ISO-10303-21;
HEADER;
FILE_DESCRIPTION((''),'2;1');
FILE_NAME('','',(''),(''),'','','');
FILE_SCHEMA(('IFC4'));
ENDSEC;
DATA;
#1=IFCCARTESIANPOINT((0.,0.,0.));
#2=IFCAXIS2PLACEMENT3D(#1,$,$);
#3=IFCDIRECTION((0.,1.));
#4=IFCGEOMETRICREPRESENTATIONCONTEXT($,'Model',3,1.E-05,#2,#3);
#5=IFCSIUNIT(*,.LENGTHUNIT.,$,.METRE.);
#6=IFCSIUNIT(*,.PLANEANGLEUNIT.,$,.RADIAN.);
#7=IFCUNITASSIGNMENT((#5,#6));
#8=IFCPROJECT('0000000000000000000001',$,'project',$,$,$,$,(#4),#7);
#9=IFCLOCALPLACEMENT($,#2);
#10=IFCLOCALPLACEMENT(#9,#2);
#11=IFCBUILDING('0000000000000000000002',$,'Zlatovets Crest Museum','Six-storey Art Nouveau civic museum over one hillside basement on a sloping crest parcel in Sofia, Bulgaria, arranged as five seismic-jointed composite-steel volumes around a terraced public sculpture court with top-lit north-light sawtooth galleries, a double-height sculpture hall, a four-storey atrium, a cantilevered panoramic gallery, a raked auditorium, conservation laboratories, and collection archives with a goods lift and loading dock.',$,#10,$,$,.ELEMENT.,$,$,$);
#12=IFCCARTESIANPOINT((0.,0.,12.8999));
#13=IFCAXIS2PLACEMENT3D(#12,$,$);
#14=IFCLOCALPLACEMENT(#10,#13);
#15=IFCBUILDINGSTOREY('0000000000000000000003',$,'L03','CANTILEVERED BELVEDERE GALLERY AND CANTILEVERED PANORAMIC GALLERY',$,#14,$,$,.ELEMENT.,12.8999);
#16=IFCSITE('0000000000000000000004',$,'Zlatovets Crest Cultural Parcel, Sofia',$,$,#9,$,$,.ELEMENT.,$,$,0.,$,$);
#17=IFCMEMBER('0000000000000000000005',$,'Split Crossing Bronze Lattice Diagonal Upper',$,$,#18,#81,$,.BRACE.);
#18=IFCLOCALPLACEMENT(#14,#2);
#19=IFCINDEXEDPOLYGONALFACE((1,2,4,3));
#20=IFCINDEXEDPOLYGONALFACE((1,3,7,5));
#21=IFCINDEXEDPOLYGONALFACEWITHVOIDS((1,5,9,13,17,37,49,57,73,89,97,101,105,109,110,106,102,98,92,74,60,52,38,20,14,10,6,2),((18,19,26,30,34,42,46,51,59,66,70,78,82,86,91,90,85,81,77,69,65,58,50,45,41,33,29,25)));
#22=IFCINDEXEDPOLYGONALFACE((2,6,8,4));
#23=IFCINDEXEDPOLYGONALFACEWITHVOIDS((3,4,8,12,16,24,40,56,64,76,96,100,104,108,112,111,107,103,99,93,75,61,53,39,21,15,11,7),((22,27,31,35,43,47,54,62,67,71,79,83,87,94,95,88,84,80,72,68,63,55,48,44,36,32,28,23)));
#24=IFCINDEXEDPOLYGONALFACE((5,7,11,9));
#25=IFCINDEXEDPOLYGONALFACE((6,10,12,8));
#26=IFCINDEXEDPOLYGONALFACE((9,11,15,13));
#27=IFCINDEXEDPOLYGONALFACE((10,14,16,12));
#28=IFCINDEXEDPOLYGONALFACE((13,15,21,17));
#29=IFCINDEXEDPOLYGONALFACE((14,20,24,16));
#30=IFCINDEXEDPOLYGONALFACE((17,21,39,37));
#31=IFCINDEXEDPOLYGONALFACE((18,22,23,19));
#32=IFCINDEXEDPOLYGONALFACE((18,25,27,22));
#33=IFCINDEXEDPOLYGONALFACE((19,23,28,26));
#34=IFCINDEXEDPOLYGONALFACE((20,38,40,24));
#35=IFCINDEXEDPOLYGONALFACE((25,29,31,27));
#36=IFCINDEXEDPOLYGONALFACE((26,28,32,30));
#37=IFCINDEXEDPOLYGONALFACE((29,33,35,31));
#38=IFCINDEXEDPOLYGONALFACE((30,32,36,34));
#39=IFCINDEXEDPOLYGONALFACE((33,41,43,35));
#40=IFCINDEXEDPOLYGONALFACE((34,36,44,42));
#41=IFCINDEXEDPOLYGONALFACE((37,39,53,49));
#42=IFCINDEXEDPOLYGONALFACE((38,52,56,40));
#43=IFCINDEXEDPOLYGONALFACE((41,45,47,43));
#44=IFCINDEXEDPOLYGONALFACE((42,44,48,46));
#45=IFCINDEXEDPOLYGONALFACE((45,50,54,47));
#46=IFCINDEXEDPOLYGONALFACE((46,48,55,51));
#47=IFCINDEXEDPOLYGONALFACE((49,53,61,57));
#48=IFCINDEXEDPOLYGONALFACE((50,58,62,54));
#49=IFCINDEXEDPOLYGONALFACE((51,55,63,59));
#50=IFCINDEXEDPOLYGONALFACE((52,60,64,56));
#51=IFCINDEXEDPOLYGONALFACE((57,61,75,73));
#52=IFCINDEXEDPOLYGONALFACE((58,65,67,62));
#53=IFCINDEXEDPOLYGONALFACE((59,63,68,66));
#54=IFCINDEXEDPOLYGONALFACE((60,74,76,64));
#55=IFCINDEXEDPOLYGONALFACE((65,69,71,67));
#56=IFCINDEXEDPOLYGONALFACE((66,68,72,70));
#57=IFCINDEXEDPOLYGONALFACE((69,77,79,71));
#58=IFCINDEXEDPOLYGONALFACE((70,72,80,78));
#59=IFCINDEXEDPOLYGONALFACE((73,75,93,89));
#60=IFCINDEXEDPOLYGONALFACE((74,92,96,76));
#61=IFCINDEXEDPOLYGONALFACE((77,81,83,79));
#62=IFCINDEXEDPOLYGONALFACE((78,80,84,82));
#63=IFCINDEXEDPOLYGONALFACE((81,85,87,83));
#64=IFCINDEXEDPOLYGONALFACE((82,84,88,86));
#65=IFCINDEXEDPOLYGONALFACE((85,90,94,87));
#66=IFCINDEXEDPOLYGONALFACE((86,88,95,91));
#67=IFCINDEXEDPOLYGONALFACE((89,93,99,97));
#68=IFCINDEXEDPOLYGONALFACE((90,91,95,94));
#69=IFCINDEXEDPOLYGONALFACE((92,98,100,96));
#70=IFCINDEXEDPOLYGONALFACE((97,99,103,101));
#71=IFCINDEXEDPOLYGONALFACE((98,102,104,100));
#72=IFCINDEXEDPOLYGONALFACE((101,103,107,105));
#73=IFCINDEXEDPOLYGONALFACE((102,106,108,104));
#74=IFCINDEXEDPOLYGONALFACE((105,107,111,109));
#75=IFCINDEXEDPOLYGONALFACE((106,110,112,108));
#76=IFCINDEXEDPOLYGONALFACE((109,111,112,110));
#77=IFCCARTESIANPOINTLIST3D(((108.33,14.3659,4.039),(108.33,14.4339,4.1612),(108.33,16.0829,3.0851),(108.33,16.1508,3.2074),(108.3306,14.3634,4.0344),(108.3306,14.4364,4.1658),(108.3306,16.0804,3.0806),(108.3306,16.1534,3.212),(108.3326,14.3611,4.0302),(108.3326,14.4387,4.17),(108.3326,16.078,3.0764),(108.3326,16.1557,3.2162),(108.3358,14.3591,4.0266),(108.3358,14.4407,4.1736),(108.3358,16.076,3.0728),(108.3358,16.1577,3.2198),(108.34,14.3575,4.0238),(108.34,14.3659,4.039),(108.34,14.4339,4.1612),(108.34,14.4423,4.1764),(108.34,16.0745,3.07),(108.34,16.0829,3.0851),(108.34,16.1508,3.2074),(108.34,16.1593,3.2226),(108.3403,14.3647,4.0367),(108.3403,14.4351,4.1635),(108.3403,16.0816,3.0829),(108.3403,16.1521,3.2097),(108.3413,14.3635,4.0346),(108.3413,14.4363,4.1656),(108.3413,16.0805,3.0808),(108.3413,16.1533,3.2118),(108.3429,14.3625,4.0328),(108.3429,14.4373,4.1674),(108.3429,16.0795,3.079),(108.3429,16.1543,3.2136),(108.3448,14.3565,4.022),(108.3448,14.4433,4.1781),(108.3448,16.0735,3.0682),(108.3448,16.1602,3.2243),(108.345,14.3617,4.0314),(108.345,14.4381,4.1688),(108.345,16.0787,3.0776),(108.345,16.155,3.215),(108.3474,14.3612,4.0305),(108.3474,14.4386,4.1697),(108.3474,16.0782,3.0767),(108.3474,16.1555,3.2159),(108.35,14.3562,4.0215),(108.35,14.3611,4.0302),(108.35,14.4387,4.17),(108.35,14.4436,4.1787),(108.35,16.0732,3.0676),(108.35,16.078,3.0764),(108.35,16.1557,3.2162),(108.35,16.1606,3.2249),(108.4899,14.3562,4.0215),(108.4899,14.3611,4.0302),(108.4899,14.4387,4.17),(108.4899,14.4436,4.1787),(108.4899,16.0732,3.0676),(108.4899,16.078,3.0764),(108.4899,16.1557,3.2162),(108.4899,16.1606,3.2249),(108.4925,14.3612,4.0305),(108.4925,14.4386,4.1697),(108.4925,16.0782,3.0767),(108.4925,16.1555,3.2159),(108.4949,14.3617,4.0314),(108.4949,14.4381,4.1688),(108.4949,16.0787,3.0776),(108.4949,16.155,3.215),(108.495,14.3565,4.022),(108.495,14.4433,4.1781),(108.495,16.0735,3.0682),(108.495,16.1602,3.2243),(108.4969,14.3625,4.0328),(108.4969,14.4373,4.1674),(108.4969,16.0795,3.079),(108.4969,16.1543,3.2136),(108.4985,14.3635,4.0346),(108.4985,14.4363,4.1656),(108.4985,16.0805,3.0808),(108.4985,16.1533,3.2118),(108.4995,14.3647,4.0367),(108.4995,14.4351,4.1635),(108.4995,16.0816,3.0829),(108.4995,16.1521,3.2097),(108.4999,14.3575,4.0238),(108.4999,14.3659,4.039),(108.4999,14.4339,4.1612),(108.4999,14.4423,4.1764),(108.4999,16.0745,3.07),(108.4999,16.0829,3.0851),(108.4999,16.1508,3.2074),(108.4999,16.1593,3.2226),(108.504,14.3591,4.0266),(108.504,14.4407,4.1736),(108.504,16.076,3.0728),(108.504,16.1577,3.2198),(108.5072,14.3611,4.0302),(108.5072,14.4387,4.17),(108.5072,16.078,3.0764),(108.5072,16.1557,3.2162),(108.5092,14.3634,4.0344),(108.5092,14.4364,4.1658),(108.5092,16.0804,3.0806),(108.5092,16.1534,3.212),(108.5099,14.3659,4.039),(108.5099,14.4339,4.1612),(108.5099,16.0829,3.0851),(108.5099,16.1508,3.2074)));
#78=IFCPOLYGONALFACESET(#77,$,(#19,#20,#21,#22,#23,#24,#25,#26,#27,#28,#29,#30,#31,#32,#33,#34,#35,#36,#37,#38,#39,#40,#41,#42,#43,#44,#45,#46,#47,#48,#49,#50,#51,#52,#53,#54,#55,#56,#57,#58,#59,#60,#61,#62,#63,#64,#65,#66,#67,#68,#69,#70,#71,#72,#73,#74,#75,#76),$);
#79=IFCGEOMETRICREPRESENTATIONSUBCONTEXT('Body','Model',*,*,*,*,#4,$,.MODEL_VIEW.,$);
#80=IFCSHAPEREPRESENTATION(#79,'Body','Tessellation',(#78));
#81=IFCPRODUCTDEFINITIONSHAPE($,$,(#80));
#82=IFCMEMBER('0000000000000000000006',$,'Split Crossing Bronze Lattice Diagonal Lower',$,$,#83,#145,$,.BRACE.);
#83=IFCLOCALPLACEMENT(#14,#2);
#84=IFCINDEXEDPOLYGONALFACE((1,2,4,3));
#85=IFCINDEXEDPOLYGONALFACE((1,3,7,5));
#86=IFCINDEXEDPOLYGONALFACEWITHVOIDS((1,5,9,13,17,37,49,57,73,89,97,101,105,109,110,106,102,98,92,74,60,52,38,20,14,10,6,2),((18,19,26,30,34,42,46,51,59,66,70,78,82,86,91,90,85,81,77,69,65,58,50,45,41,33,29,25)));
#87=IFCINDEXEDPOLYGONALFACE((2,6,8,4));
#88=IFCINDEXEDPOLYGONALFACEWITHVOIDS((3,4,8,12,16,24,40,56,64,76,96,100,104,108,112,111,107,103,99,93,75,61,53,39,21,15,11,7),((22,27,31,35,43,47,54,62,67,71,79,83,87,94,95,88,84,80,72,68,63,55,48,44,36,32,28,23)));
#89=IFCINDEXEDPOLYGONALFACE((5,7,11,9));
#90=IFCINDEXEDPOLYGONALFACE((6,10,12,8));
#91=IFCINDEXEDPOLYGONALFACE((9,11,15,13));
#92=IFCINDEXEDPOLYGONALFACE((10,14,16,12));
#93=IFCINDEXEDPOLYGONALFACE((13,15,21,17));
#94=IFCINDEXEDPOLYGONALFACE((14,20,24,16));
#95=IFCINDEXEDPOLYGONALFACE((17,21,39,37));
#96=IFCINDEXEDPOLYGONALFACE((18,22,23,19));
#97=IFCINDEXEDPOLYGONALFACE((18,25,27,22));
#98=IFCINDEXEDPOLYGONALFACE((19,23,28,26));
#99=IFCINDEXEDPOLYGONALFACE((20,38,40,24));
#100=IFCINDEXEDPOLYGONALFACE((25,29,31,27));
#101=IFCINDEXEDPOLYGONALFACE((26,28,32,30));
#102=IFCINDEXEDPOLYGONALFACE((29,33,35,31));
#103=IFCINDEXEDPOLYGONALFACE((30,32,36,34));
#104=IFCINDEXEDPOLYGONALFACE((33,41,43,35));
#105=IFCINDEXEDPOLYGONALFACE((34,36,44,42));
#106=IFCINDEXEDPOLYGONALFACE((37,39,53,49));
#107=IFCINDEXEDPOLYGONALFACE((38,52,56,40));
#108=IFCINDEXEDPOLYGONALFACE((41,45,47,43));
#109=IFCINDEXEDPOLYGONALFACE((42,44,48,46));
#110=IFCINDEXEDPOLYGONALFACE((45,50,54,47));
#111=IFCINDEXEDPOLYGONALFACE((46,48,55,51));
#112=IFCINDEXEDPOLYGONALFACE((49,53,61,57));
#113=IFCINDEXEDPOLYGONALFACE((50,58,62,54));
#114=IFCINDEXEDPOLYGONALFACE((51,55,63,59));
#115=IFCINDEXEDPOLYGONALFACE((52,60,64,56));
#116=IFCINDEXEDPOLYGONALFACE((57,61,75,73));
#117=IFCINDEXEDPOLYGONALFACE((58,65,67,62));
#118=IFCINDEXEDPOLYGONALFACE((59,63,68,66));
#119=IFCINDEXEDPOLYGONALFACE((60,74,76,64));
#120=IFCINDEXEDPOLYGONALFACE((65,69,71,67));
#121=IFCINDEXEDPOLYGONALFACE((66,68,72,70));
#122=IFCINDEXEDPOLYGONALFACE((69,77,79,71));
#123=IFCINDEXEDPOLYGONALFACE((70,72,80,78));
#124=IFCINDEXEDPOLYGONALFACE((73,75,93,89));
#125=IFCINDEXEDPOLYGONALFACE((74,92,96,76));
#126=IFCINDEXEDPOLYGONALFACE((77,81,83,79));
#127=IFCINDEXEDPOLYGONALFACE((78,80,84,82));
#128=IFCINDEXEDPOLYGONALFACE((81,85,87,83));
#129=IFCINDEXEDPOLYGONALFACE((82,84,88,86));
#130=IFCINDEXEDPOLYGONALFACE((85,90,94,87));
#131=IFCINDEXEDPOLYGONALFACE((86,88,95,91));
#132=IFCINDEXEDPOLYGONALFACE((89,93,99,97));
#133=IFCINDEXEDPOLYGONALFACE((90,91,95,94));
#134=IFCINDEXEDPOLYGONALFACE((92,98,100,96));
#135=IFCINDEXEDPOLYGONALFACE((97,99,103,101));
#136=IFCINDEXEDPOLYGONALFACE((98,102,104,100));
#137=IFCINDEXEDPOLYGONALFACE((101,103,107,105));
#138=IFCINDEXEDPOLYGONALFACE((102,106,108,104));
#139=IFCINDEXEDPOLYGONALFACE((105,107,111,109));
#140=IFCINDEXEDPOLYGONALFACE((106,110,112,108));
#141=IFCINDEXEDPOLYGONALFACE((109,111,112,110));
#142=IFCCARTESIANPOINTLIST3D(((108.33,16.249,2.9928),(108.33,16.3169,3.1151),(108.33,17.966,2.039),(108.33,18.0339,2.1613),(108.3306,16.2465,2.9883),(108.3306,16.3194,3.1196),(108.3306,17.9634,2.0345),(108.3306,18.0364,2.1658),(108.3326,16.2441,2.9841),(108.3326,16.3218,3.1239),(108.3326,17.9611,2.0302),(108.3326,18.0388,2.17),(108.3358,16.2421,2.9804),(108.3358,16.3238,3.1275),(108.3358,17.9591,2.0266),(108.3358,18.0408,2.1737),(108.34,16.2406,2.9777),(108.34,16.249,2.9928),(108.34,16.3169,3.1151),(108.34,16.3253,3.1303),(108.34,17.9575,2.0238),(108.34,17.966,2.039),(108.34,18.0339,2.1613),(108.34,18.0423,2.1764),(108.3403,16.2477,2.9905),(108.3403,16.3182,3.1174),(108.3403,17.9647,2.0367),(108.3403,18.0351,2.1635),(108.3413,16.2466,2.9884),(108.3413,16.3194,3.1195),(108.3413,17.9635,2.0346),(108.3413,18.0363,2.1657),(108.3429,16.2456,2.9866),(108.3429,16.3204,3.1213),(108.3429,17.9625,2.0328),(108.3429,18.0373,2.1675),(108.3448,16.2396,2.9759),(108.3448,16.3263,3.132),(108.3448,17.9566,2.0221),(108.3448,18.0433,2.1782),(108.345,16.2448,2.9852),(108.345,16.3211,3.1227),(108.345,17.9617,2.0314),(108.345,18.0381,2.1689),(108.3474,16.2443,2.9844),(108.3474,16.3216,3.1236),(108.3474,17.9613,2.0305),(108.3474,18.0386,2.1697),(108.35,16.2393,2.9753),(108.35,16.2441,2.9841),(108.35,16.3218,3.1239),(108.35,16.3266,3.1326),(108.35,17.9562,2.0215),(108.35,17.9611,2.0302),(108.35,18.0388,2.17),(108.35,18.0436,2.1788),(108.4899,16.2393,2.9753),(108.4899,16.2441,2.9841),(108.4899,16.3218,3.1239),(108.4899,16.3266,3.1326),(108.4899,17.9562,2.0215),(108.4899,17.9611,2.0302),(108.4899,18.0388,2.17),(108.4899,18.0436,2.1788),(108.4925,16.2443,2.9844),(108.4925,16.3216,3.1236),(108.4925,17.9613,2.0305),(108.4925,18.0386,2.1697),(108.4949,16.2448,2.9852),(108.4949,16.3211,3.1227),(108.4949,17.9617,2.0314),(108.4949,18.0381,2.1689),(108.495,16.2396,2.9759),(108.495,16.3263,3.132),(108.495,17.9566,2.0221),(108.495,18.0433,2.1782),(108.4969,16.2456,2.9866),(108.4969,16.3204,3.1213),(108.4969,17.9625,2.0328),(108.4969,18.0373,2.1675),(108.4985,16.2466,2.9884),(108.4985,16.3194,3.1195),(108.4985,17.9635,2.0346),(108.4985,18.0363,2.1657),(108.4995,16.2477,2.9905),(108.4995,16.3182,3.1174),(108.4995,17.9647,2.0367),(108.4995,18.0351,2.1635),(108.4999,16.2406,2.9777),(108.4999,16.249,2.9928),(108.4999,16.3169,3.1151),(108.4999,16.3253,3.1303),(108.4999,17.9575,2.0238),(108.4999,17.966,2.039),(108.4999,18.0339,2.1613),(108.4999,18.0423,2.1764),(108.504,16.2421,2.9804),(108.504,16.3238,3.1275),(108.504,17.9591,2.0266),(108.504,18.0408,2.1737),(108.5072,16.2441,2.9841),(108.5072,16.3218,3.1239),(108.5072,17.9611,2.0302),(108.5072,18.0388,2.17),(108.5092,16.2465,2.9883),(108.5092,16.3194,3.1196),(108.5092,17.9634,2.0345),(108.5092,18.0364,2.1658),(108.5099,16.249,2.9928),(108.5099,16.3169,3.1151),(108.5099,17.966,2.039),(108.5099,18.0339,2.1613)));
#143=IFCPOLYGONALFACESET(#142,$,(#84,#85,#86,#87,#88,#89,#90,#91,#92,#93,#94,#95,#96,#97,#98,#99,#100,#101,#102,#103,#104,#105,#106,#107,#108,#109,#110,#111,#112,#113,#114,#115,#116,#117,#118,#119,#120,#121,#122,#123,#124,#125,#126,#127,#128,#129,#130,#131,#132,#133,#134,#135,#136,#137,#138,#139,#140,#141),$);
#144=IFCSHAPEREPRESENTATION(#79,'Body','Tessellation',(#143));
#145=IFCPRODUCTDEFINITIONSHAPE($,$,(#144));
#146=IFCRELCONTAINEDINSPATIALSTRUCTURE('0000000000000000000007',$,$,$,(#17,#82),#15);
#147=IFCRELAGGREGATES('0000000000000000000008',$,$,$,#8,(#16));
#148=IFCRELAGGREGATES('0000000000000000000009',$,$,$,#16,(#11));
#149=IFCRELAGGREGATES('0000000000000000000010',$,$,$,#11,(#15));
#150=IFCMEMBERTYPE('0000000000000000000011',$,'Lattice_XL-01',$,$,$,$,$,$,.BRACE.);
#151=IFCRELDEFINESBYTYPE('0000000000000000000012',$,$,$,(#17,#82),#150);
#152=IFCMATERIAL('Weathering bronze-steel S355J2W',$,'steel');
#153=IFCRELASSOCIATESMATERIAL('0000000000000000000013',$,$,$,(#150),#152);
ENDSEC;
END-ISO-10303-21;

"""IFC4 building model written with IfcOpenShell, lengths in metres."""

from ifc_helpers import new_model, si_unit, direction, frame, origin, origin_2d, place, context, subcontext, project, spatial, hollow_rectangle, extrude, material, material_profile, profile_set, type_object, element, save


model = new_model("IFC4")

# Units and contexts
model_context = context("Model", 3, precision=1e-05, world=origin(), true_north=direction((0.0, 1.0)))
body_context = subcontext(model_context, "Body", "Model", "MODEL_VIEW")
ifc_project = project(units=[si_unit("LENGTHUNIT", "METRE"), si_unit("PLANEANGLEUNIT", "RADIAN")], contexts=[model_context])

# Site, building, storey
site_placement = place(None, origin())
site = spatial("IfcSite", under=ifc_project, at=site_placement, Name="Zlatovets Crest Cultural Parcel, Sofia", CompositionType="ELEMENT", RefElevation=0.0)
building_placement = place(site_placement, origin())
building = spatial("IfcBuilding", under=site, at=building_placement, Name="Zlatovets Crest Museum", Description="Six-storey Art Nouveau civic museum over one hillside basement on a sloping crest parcel in Sofia, Bulgaria, arranged as five seismic-jointed composite-steel volumes around a terraced public sculpture court with top-lit north-light sawtooth galleries, a double-height sculpture hall, a four-storey atrium, a cantilevered panoramic gallery, a raked auditorium, conservation laboratories, and collection archives with a goods lift and loading dock.", CompositionType="ELEMENT")
storey_placement = place(building_placement, frame((0.0, 0.0, 12.8999)))
storey = spatial("IfcBuildingStorey", under=building, at=storey_placement, Name="L03", Description="CANTILEVERED BELVEDERE GALLERY AND CANTILEVERED PANORAMIC GALLERY", CompositionType="ELEMENT", Elevation=12.8999)

# Members
ifc_material_1 = material(Name="Weathering bronze-steel S355J2W", Category="steel")
ifc_material_profile_1 = material_profile(ifc_material_1, hollow_rectangle(XDim=0.1799, YDim=0.1799, WallThickness=0.01, InnerFilletRadius=0.01, OuterFilletRadius=0.02, at=origin_2d()), Name="SHS 180x180x10.0")
ifc_profile_set_1 = profile_set([ifc_material_profile_1], Name="Weathering bronze-steel S355J2W")
member_type_1 = type_object("IfcMemberType", Name="Lattice_XL-01", PredefinedType="BRACE", material=ifc_profile_set_1)
for number, where, z_axis, x_axis, name in (
    (1, (108.4199, 14.3999, 4.1001), (0.0, 0.874169, -0.485622), (-1.0, 0.0, 0.0), "Split Crossing Bronze Lattice Diagonal Upper"),
    (2, (108.4199, 16.283, 3.054), (0.0, 0.874169, -0.485622), (-1.0, 0.0, 0.0), "Split Crossing Bronze Lattice Diagonal Lower"),
):
    element("IfcMember", number, at=place(storey_placement, frame(where, z_axis=z_axis, x_axis=x_axis)), inside=storey, type_object=member_type_1, Name=name, PredefinedType="BRACE", context=body_context, shape_type="SweptSolid", body=[
        extrude(hollow_rectangle(XDim=0.1799, YDim=0.1799, WallThickness=0.01, InnerFilletRadius=0.01, OuterFilletRadius=0.02, at=origin_2d()), origin(), (0.0, 0.0, 1.0), 1.9641),
    ])

save(model, "model.ifc")
